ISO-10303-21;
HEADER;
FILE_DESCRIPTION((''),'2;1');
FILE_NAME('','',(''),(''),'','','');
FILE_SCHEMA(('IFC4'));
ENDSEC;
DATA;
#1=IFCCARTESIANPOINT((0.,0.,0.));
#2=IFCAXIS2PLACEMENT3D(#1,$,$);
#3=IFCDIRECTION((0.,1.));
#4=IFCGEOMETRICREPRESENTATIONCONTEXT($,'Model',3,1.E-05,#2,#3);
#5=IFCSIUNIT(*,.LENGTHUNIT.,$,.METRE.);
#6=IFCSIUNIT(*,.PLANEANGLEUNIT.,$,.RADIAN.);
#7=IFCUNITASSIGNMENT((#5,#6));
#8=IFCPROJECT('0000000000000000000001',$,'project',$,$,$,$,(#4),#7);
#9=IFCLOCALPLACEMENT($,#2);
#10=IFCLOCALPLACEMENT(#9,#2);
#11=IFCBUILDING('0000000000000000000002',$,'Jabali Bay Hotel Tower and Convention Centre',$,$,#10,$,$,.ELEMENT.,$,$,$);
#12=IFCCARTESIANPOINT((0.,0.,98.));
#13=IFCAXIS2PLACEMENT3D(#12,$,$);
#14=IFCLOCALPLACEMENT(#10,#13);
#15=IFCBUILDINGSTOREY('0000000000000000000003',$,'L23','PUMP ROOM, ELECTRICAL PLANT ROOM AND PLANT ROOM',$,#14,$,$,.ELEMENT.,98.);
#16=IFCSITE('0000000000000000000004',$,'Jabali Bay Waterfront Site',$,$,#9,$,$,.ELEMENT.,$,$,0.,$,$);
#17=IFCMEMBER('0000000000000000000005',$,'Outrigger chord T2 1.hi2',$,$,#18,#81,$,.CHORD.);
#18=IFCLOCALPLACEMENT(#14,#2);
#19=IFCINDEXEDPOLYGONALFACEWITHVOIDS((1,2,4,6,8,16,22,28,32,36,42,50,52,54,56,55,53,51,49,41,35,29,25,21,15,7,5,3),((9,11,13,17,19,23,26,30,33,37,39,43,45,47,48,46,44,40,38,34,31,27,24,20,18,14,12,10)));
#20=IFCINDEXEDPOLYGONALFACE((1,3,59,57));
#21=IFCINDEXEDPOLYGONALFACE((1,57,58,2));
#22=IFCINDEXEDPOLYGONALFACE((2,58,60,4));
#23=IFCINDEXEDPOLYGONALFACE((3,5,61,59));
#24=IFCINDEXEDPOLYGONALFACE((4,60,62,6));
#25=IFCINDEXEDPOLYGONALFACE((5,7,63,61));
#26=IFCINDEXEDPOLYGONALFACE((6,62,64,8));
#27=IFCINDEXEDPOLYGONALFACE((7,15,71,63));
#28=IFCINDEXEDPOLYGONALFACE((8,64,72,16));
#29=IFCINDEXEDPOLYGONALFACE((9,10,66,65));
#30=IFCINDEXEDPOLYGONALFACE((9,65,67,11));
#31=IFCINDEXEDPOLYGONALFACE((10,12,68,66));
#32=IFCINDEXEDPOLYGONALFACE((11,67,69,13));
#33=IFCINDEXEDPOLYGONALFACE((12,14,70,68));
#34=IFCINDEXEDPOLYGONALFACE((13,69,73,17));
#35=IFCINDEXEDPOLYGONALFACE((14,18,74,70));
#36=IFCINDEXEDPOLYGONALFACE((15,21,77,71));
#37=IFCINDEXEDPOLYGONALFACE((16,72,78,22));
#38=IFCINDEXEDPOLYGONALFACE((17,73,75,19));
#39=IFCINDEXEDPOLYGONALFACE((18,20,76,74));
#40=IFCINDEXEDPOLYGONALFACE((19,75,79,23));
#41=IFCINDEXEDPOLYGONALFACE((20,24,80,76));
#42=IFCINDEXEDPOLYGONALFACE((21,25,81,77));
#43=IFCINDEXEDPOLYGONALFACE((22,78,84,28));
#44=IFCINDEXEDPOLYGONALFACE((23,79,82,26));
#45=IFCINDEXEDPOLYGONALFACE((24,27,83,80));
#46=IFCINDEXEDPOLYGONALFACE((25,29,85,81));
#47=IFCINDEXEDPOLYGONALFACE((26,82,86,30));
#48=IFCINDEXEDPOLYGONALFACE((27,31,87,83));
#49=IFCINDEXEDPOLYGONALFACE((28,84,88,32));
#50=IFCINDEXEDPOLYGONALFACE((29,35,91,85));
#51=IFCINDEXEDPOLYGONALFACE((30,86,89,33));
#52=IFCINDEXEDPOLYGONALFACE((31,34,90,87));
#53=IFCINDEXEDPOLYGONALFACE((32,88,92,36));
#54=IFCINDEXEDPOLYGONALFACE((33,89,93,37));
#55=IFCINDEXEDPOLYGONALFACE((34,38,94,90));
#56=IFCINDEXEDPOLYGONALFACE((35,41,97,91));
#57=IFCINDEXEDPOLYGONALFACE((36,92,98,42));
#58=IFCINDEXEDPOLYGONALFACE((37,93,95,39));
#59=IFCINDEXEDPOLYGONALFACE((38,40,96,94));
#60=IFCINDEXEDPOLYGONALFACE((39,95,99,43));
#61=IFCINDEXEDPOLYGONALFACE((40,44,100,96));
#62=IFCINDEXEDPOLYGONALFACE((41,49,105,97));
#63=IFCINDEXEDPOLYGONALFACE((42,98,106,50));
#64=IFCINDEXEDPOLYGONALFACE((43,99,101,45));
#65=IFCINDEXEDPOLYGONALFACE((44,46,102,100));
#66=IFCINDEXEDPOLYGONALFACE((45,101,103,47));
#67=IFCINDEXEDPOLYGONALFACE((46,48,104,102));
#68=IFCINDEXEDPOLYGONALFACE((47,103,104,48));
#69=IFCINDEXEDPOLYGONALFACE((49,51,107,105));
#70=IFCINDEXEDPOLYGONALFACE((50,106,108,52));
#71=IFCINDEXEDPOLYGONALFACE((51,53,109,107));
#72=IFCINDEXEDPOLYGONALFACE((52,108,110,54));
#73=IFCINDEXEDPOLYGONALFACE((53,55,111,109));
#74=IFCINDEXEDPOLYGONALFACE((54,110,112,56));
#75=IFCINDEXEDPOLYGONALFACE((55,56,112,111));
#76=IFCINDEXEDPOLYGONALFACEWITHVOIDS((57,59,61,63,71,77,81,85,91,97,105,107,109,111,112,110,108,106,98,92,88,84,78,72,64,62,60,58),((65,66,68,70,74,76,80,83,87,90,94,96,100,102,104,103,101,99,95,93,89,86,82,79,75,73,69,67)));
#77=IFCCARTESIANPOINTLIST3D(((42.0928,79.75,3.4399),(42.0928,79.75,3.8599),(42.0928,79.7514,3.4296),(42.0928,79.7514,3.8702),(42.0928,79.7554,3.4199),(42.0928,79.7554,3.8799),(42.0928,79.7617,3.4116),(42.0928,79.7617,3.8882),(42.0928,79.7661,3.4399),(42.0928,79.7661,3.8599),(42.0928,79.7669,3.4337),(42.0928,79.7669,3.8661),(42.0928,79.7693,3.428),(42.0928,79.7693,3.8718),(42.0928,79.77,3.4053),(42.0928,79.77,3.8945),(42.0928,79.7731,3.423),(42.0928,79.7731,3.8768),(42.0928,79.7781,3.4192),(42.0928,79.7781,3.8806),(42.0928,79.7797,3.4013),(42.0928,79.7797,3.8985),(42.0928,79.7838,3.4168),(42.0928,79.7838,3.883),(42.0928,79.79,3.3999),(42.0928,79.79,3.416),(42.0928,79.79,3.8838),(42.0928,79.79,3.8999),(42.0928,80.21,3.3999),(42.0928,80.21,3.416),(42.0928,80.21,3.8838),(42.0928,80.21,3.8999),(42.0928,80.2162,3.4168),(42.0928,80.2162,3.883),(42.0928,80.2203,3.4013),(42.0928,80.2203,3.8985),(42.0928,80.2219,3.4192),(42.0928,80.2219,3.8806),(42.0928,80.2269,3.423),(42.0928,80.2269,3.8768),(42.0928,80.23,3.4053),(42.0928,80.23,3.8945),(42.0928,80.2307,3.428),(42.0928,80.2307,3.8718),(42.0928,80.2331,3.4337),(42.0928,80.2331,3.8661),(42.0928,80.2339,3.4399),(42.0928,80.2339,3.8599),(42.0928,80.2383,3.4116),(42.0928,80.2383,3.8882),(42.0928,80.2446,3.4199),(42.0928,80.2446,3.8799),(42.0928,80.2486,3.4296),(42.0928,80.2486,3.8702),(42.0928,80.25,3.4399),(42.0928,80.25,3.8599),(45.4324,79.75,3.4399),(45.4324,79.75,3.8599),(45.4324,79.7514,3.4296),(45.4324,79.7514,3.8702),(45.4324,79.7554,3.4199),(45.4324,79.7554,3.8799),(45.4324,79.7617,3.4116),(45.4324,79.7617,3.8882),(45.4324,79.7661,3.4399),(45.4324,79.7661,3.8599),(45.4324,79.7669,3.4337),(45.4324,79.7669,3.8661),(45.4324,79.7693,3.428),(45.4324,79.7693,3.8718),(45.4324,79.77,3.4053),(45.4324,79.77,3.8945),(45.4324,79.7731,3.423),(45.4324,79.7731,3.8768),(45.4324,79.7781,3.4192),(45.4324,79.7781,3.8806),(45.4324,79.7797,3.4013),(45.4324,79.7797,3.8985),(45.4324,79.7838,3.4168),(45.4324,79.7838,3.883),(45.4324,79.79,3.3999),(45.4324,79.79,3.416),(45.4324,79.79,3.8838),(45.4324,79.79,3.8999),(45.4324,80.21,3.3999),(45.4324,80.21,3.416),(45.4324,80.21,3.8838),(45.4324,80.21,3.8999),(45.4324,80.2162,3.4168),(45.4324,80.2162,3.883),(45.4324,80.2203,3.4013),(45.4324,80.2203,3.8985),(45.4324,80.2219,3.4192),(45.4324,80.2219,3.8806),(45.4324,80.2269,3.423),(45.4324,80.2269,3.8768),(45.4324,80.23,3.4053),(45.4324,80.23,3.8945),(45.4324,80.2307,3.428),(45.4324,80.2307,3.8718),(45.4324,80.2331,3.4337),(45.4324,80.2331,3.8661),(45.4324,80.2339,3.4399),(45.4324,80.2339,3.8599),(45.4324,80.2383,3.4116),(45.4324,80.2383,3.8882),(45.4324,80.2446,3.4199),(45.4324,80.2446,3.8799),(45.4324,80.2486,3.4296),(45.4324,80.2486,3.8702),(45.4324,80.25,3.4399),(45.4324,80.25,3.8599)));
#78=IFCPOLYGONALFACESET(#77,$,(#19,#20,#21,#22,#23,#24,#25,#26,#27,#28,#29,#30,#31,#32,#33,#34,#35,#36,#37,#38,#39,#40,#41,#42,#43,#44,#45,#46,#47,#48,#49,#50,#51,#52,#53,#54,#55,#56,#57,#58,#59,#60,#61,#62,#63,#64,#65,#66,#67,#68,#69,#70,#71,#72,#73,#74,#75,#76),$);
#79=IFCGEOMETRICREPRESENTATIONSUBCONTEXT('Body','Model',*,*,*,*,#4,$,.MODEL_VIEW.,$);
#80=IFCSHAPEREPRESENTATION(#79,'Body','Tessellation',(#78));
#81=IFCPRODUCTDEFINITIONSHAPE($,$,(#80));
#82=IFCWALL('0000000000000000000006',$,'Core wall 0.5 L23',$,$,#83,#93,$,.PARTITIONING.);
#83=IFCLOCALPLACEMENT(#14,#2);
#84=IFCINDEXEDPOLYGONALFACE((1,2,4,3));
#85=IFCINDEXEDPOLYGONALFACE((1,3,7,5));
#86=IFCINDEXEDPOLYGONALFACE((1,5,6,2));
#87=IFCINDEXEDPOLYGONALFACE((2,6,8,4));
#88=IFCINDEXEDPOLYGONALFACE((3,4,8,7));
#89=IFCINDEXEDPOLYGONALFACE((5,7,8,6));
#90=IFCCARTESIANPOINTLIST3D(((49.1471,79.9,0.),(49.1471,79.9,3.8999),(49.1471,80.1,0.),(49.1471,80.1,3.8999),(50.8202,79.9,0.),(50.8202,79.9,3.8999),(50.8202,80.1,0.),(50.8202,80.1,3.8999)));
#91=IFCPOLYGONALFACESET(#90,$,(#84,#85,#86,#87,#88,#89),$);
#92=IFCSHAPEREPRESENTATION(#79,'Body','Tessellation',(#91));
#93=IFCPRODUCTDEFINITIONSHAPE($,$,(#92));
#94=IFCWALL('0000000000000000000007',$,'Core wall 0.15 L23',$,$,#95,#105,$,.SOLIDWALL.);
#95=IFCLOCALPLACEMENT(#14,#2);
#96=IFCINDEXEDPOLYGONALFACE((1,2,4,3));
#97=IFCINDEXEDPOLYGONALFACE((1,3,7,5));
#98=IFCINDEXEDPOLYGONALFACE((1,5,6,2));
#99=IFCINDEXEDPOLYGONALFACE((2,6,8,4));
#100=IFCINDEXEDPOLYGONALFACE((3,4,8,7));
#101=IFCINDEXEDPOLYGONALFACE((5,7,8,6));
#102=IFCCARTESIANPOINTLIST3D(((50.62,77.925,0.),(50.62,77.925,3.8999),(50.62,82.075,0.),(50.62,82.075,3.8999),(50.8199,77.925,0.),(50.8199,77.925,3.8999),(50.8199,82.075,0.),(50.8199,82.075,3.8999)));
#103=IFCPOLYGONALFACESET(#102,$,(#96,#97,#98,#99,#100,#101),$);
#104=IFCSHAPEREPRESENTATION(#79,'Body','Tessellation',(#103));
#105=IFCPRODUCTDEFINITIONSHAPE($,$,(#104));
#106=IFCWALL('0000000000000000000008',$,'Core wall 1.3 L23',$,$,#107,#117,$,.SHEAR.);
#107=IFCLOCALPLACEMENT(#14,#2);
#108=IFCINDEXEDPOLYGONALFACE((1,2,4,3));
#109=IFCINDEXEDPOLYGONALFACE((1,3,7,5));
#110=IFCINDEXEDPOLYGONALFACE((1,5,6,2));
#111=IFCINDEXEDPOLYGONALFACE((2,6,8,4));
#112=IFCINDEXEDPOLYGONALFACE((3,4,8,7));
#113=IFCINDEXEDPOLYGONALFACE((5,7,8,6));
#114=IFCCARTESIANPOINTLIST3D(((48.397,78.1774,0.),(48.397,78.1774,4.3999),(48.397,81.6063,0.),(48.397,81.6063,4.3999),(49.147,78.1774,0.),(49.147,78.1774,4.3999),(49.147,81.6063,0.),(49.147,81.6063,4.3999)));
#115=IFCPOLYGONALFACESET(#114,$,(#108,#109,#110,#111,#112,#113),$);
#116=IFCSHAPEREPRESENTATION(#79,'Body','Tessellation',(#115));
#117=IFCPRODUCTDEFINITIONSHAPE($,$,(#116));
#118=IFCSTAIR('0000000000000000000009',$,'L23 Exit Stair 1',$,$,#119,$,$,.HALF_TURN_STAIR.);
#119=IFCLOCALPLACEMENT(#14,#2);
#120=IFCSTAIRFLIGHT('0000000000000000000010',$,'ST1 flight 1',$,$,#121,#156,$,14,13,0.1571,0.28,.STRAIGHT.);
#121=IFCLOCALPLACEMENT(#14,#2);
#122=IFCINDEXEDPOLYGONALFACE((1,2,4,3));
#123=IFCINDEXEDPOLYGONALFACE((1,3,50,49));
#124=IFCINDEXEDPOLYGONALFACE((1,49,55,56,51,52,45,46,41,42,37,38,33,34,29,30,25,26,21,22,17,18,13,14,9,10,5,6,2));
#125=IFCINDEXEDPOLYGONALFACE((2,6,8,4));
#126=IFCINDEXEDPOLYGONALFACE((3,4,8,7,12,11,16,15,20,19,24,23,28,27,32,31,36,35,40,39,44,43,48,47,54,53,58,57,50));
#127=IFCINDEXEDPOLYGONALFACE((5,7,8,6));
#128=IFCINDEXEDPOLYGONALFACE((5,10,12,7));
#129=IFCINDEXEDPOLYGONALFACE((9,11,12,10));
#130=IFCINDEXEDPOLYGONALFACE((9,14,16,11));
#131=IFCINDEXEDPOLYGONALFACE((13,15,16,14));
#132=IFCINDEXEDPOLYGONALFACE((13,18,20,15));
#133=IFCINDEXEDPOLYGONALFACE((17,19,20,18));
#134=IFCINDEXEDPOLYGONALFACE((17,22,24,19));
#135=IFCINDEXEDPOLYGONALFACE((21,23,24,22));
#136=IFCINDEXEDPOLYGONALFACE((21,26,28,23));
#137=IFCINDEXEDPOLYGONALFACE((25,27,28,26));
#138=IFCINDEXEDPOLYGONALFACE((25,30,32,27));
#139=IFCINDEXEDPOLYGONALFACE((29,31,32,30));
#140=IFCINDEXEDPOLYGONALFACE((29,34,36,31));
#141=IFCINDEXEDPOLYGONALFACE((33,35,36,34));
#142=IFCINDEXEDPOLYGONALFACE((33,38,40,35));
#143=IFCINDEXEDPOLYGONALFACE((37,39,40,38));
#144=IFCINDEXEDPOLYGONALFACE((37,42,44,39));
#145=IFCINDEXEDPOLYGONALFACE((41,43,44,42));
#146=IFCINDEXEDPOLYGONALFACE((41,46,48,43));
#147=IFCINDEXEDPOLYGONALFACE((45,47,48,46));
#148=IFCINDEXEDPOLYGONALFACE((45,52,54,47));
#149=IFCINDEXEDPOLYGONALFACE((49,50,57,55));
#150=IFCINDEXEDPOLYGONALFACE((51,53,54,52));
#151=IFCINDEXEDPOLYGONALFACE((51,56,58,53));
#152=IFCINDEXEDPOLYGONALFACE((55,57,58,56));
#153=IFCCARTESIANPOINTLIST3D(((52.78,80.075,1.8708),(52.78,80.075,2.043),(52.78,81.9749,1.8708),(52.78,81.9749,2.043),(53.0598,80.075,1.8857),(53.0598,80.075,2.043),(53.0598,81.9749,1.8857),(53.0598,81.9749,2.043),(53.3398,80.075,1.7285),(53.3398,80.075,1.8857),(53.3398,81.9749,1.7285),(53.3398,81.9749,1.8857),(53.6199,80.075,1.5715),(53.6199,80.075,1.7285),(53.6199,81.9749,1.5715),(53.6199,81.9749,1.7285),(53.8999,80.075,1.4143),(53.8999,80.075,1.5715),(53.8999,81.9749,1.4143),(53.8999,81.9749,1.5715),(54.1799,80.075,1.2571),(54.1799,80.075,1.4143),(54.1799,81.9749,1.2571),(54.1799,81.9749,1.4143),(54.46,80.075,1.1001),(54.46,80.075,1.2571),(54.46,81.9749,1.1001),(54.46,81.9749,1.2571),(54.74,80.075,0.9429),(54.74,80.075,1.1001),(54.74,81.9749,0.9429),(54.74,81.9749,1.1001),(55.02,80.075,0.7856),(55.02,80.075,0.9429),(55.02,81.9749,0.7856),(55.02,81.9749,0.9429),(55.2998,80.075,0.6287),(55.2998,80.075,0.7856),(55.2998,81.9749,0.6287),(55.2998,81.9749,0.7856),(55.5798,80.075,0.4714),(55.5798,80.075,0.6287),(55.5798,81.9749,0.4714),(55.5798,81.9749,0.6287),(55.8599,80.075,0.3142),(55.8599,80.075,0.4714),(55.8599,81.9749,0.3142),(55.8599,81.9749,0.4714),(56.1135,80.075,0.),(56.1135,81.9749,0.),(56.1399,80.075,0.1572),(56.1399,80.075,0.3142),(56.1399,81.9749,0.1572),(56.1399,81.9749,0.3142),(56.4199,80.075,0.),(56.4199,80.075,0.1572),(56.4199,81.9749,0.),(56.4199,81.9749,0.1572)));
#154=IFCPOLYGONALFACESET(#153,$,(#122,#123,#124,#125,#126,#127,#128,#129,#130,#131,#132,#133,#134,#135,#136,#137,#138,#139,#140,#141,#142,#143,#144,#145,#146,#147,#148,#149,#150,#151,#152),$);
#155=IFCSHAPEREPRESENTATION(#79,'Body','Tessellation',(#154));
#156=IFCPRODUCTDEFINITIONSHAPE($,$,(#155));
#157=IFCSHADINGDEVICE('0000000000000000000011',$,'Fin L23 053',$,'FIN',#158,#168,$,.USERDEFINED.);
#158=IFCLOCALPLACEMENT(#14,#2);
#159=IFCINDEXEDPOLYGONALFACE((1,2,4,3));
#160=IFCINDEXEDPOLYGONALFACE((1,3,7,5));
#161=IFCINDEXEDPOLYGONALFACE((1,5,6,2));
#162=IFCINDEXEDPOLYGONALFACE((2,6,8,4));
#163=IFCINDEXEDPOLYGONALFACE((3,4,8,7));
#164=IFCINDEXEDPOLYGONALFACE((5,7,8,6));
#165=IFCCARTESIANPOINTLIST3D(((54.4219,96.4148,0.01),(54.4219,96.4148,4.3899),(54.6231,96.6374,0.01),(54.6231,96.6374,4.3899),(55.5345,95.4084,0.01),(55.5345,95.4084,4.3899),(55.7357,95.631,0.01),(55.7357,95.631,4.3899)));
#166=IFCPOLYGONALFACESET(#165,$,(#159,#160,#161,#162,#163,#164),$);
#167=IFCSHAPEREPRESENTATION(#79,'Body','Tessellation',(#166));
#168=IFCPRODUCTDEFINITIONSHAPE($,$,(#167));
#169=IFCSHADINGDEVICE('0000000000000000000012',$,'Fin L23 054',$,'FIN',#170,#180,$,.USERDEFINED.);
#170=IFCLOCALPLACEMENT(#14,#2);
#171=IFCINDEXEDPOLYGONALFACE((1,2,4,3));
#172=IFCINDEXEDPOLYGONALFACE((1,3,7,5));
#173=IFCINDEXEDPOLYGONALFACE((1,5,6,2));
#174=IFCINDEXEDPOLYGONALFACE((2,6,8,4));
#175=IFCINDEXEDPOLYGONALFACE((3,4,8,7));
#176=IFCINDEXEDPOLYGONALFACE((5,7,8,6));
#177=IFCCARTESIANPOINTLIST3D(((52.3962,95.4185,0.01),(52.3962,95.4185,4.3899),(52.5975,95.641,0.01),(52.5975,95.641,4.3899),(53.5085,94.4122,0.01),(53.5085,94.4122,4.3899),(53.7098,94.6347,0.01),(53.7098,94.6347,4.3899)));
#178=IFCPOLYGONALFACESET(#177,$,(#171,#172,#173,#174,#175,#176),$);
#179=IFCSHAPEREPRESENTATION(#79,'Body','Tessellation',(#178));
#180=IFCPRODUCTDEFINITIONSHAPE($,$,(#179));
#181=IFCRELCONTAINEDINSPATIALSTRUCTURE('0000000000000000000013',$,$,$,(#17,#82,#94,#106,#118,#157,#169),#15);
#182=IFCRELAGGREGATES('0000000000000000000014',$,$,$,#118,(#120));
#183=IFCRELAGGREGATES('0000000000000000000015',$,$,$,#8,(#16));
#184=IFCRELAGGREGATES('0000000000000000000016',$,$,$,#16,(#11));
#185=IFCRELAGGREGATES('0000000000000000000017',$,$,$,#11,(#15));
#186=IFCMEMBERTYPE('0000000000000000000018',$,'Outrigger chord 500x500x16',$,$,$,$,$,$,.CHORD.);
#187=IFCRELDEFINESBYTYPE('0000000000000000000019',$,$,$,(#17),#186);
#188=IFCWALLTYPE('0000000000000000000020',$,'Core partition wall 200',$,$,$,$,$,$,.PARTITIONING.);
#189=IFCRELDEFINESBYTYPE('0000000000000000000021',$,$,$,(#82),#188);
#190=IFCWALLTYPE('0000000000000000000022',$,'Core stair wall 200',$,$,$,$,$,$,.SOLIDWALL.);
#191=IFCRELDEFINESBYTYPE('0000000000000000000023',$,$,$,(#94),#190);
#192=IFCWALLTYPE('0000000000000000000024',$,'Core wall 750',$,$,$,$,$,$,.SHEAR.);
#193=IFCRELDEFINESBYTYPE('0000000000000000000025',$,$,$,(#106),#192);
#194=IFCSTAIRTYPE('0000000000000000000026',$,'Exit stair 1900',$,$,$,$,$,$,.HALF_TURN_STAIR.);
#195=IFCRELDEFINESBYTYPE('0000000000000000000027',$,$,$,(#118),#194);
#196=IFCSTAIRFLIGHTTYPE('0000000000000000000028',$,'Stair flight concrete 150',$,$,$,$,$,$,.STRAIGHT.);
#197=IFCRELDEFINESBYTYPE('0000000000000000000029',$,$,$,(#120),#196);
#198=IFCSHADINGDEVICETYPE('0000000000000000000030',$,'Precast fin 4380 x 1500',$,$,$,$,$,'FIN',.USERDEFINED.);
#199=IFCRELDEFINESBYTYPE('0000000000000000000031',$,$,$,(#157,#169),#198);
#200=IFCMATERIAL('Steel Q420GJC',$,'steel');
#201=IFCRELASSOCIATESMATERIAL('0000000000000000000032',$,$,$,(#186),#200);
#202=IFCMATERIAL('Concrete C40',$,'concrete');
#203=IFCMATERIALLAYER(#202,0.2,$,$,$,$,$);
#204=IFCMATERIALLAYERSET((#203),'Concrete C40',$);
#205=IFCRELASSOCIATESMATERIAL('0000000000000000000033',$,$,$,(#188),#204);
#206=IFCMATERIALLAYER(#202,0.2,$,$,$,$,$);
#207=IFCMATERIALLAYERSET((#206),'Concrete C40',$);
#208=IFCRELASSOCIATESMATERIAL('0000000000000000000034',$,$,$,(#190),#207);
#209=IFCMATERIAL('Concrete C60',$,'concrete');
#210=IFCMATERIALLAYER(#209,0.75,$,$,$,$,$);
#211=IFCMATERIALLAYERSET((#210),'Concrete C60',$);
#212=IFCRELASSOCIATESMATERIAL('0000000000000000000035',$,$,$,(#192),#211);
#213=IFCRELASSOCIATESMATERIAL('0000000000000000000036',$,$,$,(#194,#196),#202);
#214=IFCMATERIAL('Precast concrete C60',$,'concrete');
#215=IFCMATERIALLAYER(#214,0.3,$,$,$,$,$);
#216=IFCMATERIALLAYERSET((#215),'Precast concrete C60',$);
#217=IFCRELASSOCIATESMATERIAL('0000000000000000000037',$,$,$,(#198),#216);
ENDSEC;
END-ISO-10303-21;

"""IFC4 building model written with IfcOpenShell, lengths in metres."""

from ifc_helpers import new_model, si_unit, direction, frame, frame_2d, origin, origin_2d, place, context, subcontext, project, spatial, polyline, rectangle, hollow_rectangle, outline, extrude, material, layer, layer_set, material_profile, profile_set, type_object, element, aggregate, save


model = new_model("IFC4")

# Units and contexts
model_context = context("Model", 3, precision=1e-05, world=origin(), true_north=direction((0.0, 1.0)))
body_context = subcontext(model_context, "Body", "Model", "MODEL_VIEW")
ifc_project = project(units=[si_unit("LENGTHUNIT", "METRE"), si_unit("PLANEANGLEUNIT", "RADIAN")], contexts=[model_context])

# Site, building, storey
site_placement = place(None, origin())
site = spatial("IfcSite", under=ifc_project, at=site_placement, Name="Jabali Bay Waterfront Site", CompositionType="ELEMENT", RefElevation=0.0)
building_placement = place(site_placement, origin())
building = spatial("IfcBuilding", under=site, at=building_placement, Name="Jabali Bay Hotel Tower and Convention Centre", CompositionType="ELEMENT")
storey_placement = place(building_placement, frame((0.0, 0.0, 98.0)))
storey = spatial("IfcBuildingStorey", under=building, at=storey_placement, Name="L23", Description="PUMP ROOM, ELECTRICAL PLANT ROOM AND PLANT ROOM", CompositionType="ELEMENT", Elevation=98.0)

# Shared definitions
ifc_material_1 = material(Name="Concrete C60", Category="concrete")

# Member
ifc_material_2 = material(Name="Steel Q420GJC", Category="steel")
ifc_material_profile_1 = material_profile(ifc_material_2, hollow_rectangle(XDim=0.5, YDim=0.5, WallThickness=0.0161, InnerFilletRadius=0.0239, OuterFilletRadius=0.04, at=origin_2d()), Name="Outrigger chord 500x500x16")
ifc_profile_set_1 = profile_set([ifc_material_profile_1], Name="Steel Q420GJC")
member_type_1 = type_object("IfcMemberType", Name="Outrigger chord 500x500x16", PredefinedType="CHORD", material=ifc_profile_set_1)
member_1_placement = place(storey_placement, frame((45.4324, 80.0, 3.6499), z_axis=(-1.0, 0.0, 0.0), x_axis=(0.0, -1.0, 0.0)))
element("IfcMember", 1, at=member_1_placement, inside=storey, type_object=member_type_1, Name="Outrigger chord T2 1.hi2", PredefinedType="CHORD", context=body_context, shape_type="SweptSolid", body=[
    extrude(hollow_rectangle(XDim=0.5, YDim=0.5, WallThickness=0.0161, InnerFilletRadius=0.0239, OuterFilletRadius=0.04, at=origin_2d()), origin(), (0.0, 0.0, 1.0), 3.3396),
])

# Walls
ifc_material_3 = material(Name="Concrete C40", Category="concrete")
ifc_layer_1 = layer(ifc_material_3, 0.2)
ifc_layer_set_1 = layer_set([ifc_layer_1], Name="Concrete C40")
wall_type_1 = type_object("IfcWallType", Name="Core partition wall 200", PredefinedType="PARTITIONING", material=ifc_layer_set_1)
wall_1_placement = place(storey_placement, frame((50.8201, 80.0, 0.0), z_axis=(0.0, 0.0, 1.0), x_axis=(-1.0, 0.0, 0.0)))
element("IfcWall", 2, at=wall_1_placement, inside=storey, type_object=wall_type_1, Name="Core wall 0.5 L23", PredefinedType="PARTITIONING", context=body_context, shape_type="SweptSolid", body=[
    extrude(rectangle(XDim=1.6731, YDim=0.2, at=frame_2d((0.8364, 0.0))), origin(), (0.0, 0.0, 1.0), 3.8999),
])
ifc_layer_2 = layer(ifc_material_3, 0.2)
ifc_layer_set_2 = layer_set([ifc_layer_2], Name="Concrete C40")
wall_type_2 = type_object("IfcWallType", Name="Core stair wall 200", PredefinedType="SOLIDWALL", material=ifc_layer_set_2)
wall_2_placement = place(storey_placement, frame((50.72, 82.075, 0.0), z_axis=(0.0, 0.0, 1.0), x_axis=(0.0, -1.0, 0.0)))
element("IfcWall", 3, at=wall_2_placement, inside=storey, type_object=wall_type_2, Name="Core wall 0.15 L23", PredefinedType="SOLIDWALL", context=body_context, shape_type="SweptSolid", body=[
    extrude(rectangle(XDim=4.1499, YDim=0.2, at=frame_2d((2.075, 0.0))), origin(), (0.0, 0.0, 1.0), 3.8999),
])
ifc_layer_3 = layer(ifc_material_1, 0.75)
ifc_layer_set_3 = layer_set([ifc_layer_3], Name="Concrete C60")
wall_type_3 = type_object("IfcWallType", Name="Core wall 750", PredefinedType="SHEAR", material=ifc_layer_set_3)
wall_3_placement = place(storey_placement, frame((48.772, 81.6062, 0.0), z_axis=(0.0, 0.0, 1.0), x_axis=(0.0, -1.0, 0.0)))
element("IfcWall", 4, at=wall_3_placement, inside=storey, type_object=wall_type_3, Name="Core wall 1.3 L23", PredefinedType="SHEAR", context=body_context, shape_type="SweptSolid", body=[
    extrude(rectangle(XDim=3.429, YDim=0.75, at=frame_2d((1.7144, 0.0))), origin(), (0.0, 0.0, 1.0), 4.3999),
])

# Stair, stair flight
stair_type = type_object("IfcStairType", Name="Exit stair 1900", PredefinedType="HALF_TURN_STAIR", material=ifc_material_3)
stair_placement = place(storey_placement, origin())
stair = element("IfcStair", 5, at=stair_placement, inside=storey, type_object=stair_type, Name="L23 Exit Stair 1", PredefinedType="HALF_TURN_STAIR")
stair_flight_type = type_object("IfcStairFlightType", Name="Stair flight concrete 150", PredefinedType="STRAIGHT", material=ifc_material_3)
stair_flight_placement = place(storey_placement, frame((56.4199, 81.0249, 0.0), z_axis=(0.0, 0.0, 1.0), x_axis=(-1.0, 0.0, 0.0)))
stair_flight = element("IfcStairFlight", 6, at=stair_flight_placement, type_object=stair_flight_type, Name="ST1 flight 1", NumberOfRisers=14, NumberOfTreads=13, PredefinedType="STRAIGHT", RiserHeight=0.1571, TreadLength=0.28, context=body_context, shape_type="SweptSolid", body=[
    extrude(outline(polyline([(0.0, 0.0), (0.0, 0.1572), (0.28, 0.1572), (0.28, 0.3142), (0.5601, 0.3142), (0.5601, 0.4714), (0.8401, 0.4714), (0.8401, 0.6287), (1.1201, 0.6287), (1.1201, 0.7856), (1.3999, 0.7856), (1.3999, 0.9429), (1.6799, 0.9429), (1.6799, 1.1001), (1.96, 1.1001), (1.96, 1.2571), (2.24, 1.2571), (2.24, 1.4143), (2.52, 1.4143), (2.52, 1.5715), (2.8, 1.5715), (2.8, 1.7285), (3.0801, 1.7285), (3.0801, 1.8857), (3.3601, 1.8857), (3.3601, 2.043), (3.6399, 2.043), (3.6399, 2.2), (3.6399, 1.8708), (0.3064, 0.0), (0.0, 0.0)])), frame((0.0, 0.95, 0.0), z_axis=(0.0, -1.0, 0.0), x_axis=(1.0, 0.0, 0.0)), (0.0, 0.0, 1.0), 1.8999),
])
aggregate(stair, [stair_flight])

# Shading devices
ifc_material_4 = material(Name="Precast concrete C60", Category="concrete")
ifc_layer_4 = layer(ifc_material_4, 0.3)
ifc_layer_set_4 = layer_set([ifc_layer_4], Name="Precast concrete C60")
shading_device_type = type_object("IfcShadingDeviceType", Name="Precast fin 4380 x 1500", ElementType="FIN", PredefinedType="USERDEFINED", material=ifc_layer_set_4)
shading_device_placement = place(storey_placement, frame((55.635, 95.5198, 0.01), z_axis=(0.0, 0.0, 1.0), x_axis=(-0.741617, 0.670824, 0.0)))
element("IfcShadingDevice", 7, at=shading_device_placement, inside=storey, type_object=shading_device_type, Name="Fin L23 053", ObjectType="FIN", PredefinedType="USERDEFINED", context=body_context, shape_type="SweptSolid", body=[
    extrude(rectangle(XDim=1.5002, YDim=0.3, at=frame_2d((0.75, 0.0))), origin(), (0.0, 0.0, 1.0), 4.3799),
])
for number, where, z_axis, x_axis, name in (
    (8, (53.6091, 94.5234, 0.01), (0.0, 0.0, 1.0), (-0.741543, 0.670905, 0.0), "Fin L23 054"),
):
    element("IfcShadingDevice", number, at=place(storey_placement, frame(where, z_axis=z_axis, x_axis=x_axis)), inside=storey, type_object=shading_device_type, Name=name, ObjectType="FIN", PredefinedType="USERDEFINED", context=body_context, shape_type="SweptSolid", body=[
        extrude(rectangle(XDim=1.5, YDim=0.3, at=frame_2d((0.75, 0.0))), origin(), (0.0, 0.0, 1.0), 4.3799),
    ])

save(model, "model.ifc")
